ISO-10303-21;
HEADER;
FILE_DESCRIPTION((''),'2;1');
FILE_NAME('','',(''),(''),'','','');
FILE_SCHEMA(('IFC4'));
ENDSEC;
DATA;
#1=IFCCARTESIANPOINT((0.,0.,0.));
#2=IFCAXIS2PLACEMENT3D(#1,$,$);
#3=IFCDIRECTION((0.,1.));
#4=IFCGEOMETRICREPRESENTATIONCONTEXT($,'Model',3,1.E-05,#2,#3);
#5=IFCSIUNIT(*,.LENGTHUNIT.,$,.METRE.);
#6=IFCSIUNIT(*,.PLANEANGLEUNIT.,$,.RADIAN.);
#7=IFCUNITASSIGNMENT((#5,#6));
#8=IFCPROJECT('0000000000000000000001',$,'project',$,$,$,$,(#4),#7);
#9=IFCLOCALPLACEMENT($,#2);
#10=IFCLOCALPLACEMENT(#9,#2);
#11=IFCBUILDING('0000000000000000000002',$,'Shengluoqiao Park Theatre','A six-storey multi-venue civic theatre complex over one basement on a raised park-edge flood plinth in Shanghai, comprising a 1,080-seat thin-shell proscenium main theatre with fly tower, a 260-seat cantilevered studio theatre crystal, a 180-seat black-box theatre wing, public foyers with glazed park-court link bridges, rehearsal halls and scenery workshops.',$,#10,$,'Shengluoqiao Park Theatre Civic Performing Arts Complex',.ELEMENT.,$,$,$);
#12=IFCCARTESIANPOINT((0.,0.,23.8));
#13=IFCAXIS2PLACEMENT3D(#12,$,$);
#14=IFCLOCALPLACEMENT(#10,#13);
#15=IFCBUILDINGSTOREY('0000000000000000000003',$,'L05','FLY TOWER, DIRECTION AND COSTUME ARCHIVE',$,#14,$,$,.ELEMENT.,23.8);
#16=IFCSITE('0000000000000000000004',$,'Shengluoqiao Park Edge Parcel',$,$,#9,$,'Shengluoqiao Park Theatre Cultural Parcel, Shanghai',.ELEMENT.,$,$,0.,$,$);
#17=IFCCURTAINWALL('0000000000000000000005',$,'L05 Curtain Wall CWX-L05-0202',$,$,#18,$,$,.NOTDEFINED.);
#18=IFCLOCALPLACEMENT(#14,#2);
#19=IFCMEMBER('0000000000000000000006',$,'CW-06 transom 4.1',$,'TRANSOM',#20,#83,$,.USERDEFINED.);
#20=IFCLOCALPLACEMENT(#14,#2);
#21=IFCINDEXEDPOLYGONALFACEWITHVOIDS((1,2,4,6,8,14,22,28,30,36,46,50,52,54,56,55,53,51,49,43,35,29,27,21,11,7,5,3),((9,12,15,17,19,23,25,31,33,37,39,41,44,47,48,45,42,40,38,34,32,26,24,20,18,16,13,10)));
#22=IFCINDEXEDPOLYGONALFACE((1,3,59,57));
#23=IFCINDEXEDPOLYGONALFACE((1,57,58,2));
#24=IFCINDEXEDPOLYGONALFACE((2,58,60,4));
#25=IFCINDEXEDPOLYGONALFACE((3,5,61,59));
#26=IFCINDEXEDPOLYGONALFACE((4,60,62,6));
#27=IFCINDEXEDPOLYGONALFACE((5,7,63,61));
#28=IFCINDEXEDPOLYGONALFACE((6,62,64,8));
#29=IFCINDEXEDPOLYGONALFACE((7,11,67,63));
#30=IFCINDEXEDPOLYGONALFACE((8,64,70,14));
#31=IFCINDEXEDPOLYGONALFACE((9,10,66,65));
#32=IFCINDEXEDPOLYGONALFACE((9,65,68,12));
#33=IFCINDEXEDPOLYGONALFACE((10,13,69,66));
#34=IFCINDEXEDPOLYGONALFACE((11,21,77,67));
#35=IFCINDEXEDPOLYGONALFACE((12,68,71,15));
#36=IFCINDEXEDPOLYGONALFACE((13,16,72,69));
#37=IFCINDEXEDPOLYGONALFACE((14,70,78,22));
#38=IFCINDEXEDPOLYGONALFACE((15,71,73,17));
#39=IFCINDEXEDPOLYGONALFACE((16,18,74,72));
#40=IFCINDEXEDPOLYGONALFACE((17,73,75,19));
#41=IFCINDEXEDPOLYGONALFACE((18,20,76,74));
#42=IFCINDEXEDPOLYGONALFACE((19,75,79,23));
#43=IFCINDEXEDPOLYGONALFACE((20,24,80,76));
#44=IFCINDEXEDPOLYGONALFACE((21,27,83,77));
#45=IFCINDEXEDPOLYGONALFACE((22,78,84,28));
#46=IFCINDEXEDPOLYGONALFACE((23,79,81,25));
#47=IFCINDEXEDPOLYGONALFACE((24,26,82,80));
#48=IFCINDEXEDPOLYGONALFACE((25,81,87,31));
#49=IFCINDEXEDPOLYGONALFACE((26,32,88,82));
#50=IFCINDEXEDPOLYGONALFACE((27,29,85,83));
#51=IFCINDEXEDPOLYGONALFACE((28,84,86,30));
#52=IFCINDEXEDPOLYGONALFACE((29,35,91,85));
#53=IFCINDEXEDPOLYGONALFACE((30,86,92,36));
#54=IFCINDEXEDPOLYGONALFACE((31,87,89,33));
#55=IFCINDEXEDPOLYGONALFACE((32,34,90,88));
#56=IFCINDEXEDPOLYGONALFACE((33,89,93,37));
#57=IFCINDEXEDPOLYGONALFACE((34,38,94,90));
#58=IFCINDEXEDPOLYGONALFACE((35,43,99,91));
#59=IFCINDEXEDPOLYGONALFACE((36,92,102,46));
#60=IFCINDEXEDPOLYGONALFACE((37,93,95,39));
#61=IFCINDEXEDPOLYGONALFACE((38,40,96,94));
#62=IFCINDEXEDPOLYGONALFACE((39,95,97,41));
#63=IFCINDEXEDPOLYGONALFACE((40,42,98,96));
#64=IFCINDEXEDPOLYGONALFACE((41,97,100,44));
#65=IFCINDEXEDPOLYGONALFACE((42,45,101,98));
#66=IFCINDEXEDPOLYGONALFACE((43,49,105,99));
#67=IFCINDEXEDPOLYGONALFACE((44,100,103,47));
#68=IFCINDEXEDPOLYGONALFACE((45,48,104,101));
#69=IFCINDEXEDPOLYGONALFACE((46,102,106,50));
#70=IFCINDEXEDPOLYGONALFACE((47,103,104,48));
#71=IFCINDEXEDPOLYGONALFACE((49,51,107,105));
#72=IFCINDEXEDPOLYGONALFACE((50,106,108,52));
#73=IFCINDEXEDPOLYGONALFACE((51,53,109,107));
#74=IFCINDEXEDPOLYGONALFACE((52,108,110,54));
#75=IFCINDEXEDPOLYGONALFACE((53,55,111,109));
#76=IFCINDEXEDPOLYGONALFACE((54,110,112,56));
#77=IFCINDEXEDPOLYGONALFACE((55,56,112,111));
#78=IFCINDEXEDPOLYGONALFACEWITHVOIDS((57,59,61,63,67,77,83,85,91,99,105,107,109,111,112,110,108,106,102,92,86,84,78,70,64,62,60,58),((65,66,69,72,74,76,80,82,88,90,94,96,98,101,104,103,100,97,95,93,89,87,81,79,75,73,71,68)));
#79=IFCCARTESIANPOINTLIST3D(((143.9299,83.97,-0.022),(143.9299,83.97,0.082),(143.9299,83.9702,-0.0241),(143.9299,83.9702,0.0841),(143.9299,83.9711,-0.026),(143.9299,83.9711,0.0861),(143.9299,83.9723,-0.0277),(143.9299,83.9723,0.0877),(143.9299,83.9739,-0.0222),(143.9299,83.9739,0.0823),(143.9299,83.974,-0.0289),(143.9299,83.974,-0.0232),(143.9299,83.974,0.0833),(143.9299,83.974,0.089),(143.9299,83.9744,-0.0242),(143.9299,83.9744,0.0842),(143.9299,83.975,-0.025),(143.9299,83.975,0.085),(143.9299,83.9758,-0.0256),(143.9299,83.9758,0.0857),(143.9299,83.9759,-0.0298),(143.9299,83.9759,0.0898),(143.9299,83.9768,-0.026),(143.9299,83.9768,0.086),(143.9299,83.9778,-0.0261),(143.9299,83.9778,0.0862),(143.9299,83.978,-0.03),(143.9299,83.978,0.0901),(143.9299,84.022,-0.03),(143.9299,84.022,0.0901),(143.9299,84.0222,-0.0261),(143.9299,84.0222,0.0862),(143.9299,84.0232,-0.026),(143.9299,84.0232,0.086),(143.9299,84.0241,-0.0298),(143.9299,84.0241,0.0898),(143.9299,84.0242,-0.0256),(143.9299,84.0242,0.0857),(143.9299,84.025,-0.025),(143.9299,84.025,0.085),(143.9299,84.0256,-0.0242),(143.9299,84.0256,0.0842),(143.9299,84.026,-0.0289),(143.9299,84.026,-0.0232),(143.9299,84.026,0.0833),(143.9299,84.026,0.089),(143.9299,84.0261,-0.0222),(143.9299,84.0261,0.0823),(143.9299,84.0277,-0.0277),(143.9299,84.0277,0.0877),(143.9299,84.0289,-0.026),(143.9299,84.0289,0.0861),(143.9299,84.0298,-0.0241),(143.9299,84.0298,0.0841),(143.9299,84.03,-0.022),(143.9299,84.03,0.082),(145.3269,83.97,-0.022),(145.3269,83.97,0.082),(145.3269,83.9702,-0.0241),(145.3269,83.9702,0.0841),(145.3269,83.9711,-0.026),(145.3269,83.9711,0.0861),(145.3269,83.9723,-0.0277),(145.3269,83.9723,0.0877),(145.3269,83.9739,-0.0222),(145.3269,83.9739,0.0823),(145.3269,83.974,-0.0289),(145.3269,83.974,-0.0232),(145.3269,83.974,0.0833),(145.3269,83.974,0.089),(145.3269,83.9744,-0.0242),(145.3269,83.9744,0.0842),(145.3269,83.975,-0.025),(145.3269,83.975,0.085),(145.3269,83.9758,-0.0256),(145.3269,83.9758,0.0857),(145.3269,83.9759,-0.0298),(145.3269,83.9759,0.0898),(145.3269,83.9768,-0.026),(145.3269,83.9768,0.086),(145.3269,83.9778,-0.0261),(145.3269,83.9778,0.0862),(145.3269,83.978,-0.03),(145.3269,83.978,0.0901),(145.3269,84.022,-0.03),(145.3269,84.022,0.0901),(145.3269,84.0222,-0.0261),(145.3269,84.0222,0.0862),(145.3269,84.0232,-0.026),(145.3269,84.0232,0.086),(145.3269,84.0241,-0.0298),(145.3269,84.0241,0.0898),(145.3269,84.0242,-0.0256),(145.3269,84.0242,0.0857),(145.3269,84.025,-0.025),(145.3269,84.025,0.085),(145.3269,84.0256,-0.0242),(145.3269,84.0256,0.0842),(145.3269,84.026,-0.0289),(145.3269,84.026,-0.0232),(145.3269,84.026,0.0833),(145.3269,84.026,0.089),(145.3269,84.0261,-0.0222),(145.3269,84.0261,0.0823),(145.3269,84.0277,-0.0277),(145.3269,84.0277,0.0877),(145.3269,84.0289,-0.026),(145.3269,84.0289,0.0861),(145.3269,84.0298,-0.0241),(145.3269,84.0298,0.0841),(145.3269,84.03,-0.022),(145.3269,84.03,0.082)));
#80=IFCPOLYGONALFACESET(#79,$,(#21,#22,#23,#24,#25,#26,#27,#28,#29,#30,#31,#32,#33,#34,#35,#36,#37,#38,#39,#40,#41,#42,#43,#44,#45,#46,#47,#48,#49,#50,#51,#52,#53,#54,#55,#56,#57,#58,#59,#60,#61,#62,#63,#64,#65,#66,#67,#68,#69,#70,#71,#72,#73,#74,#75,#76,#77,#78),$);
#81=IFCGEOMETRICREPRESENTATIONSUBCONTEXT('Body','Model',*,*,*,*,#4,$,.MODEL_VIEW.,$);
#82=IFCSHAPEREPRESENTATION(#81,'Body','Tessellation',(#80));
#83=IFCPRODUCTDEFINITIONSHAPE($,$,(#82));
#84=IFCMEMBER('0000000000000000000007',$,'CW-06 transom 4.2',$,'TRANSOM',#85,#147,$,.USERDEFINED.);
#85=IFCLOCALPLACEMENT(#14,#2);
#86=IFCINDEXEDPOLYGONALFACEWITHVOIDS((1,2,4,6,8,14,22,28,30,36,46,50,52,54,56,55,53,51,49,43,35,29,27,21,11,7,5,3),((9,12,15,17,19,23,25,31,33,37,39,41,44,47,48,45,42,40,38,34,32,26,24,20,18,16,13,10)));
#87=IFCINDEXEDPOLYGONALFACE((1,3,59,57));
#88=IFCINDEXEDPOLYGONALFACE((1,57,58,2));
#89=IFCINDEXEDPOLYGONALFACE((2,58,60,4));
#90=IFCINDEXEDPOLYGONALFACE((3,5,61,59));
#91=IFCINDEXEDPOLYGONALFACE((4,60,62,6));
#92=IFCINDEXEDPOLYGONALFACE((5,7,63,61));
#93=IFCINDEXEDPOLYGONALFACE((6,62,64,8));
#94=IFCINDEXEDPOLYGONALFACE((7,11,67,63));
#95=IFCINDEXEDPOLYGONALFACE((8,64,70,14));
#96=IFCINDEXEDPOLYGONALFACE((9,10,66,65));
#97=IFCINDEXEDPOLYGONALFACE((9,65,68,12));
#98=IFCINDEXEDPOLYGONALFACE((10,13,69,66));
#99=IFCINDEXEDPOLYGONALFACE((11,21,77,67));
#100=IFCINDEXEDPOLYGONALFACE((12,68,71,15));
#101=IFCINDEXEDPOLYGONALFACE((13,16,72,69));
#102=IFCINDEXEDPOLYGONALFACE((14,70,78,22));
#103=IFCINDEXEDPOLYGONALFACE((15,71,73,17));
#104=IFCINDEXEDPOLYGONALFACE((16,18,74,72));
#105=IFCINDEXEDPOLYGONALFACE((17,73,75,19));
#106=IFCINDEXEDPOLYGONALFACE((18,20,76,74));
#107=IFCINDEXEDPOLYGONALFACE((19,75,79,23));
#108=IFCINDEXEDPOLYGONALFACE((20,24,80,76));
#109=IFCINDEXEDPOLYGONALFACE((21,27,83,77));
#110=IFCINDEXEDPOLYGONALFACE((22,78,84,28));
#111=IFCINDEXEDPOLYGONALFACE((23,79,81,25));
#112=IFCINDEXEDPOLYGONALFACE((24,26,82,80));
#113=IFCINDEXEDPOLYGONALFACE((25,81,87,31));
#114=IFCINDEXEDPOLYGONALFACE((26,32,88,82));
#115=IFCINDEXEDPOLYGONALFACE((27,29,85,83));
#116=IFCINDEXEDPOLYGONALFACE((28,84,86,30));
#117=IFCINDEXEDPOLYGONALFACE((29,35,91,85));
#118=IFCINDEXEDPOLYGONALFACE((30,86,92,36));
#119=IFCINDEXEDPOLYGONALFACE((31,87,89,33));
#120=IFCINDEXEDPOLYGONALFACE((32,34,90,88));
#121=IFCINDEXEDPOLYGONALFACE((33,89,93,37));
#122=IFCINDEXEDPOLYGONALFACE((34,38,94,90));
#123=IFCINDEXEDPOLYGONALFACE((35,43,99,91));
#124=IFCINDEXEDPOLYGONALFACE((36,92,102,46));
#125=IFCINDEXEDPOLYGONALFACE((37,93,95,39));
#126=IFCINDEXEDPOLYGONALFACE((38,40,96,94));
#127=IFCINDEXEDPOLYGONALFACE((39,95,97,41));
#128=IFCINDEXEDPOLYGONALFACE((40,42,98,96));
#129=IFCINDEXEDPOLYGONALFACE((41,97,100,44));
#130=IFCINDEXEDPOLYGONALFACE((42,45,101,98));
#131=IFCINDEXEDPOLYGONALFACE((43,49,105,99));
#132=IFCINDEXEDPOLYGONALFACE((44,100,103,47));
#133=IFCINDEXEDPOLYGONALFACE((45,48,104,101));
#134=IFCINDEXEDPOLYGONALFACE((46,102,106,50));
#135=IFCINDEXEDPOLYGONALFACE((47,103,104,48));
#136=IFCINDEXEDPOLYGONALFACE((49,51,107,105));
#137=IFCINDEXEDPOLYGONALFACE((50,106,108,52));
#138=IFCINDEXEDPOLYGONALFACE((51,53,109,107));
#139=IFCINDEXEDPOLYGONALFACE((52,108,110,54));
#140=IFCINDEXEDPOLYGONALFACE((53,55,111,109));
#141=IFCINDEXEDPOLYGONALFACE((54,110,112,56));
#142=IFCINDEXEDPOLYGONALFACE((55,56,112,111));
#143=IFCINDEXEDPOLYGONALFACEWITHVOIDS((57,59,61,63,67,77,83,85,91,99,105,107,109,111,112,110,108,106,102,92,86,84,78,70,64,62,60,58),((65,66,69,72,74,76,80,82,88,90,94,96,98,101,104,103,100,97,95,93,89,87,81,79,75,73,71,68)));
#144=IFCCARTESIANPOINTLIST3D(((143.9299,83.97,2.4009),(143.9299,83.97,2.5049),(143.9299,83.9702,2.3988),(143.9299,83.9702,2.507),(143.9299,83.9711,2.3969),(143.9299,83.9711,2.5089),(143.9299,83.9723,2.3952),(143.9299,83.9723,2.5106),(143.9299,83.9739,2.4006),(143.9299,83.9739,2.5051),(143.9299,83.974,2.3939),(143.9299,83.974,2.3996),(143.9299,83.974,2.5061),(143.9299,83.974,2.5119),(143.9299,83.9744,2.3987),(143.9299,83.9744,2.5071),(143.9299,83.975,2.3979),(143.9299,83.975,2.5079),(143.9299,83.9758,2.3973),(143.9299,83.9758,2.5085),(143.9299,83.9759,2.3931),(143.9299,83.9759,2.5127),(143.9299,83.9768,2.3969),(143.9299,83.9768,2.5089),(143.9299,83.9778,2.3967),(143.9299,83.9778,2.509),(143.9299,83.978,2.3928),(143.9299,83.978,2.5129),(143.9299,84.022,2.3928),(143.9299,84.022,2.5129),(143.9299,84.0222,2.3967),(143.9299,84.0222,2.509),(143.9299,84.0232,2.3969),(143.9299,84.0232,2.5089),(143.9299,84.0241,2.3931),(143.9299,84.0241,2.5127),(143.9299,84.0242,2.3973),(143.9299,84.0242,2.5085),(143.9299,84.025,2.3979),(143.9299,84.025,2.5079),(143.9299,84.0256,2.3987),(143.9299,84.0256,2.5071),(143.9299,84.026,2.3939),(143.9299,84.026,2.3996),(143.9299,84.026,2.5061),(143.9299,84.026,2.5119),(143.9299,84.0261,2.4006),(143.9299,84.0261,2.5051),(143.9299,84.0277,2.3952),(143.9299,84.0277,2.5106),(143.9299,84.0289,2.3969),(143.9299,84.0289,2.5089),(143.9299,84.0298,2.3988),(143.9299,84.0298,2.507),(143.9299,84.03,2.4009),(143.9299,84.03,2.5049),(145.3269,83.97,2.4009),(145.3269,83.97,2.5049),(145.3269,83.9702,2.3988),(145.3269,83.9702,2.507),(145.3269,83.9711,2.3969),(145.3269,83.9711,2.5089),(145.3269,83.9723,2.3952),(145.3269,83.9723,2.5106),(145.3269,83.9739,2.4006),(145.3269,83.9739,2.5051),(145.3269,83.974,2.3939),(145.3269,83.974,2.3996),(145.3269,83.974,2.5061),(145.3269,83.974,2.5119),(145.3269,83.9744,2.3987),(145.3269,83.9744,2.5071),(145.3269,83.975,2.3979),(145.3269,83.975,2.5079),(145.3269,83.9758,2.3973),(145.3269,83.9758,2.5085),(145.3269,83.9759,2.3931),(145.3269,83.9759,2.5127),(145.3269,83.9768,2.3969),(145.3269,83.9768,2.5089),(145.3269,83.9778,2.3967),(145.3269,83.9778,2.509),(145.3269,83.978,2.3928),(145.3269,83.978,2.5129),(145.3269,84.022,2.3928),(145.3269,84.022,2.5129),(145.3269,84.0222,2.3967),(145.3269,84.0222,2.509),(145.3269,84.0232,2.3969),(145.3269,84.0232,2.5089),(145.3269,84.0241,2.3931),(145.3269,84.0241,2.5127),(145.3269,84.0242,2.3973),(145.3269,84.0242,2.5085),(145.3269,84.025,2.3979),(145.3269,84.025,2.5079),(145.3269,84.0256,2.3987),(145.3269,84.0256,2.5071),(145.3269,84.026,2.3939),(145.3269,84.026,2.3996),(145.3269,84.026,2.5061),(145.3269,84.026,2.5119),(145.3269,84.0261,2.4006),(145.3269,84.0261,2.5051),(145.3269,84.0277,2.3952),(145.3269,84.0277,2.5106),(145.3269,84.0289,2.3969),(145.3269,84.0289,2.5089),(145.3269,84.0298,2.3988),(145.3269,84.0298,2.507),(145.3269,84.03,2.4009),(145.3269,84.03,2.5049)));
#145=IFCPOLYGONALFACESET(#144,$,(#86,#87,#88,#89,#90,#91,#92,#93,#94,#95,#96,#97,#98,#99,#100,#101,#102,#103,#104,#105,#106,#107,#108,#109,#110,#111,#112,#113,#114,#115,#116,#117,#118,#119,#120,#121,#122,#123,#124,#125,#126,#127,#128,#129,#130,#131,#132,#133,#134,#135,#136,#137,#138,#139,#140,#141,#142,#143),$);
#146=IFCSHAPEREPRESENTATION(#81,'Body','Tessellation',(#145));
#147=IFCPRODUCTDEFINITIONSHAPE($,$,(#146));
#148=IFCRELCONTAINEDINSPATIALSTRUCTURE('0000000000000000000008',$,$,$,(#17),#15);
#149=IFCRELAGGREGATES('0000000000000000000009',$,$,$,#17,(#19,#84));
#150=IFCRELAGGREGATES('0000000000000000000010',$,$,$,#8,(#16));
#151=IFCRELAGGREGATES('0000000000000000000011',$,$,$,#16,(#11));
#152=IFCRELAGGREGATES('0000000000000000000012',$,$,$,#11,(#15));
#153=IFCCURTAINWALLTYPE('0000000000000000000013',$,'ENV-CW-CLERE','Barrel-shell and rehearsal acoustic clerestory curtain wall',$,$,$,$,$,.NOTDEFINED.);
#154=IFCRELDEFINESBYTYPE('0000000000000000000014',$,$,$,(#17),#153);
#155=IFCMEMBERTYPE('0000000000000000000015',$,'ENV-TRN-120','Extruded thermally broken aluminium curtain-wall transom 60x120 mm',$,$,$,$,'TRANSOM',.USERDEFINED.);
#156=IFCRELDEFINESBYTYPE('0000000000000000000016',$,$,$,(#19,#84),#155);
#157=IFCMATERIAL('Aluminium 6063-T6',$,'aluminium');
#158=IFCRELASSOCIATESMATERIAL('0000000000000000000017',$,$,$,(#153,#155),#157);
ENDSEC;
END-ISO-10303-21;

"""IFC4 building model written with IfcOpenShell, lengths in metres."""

from ifc_helpers import new_model, si_unit, direction, frame, origin, origin_2d, place, context, subcontext, project, spatial, hollow_rectangle, extrude, material, material_profile, profile_set, type_object, element, aggregate, save


model = new_model("IFC4")

# Units and contexts
model_context = context("Model", 3, precision=1e-05, world=origin(), true_north=direction((0.0, 1.0)))
body_context = subcontext(model_context, "Body", "Model", "MODEL_VIEW")
ifc_project = project(units=[si_unit("LENGTHUNIT", "METRE"), si_unit("PLANEANGLEUNIT", "RADIAN")], contexts=[model_context])

# Site, building, storey
site_placement = place(None, origin())
site = spatial("IfcSite", under=ifc_project, at=site_placement, Name="Shengluoqiao Park Edge Parcel", LongName="Shengluoqiao Park Theatre Cultural Parcel, Shanghai", CompositionType="ELEMENT", RefElevation=0.0)
building_placement = place(site_placement, origin())
building = spatial("IfcBuilding", under=site, at=building_placement, Name="Shengluoqiao Park Theatre", Description="A six-storey multi-venue civic theatre complex over one basement on a raised park-edge flood plinth in Shanghai, comprising a 1,080-seat thin-shell proscenium main theatre with fly tower, a 260-seat cantilevered studio theatre crystal, a 180-seat black-box theatre wing, public foyers with glazed park-court link bridges, rehearsal halls and scenery workshops.", LongName="Shengluoqiao Park Theatre Civic Performing Arts Complex", CompositionType="ELEMENT")
storey_placement = place(building_placement, frame((0.0, 0.0, 23.8)))
storey = spatial("IfcBuildingStorey", under=building, at=storey_placement, Name="L05", Description="FLY TOWER, DIRECTION AND COSTUME ARCHIVE", CompositionType="ELEMENT", Elevation=23.8)

# Curtain wall, members
ifc_material_1 = material(Name="Aluminium 6063-T6", Category="aluminium")
curtain_wall_type = type_object("IfcCurtainWallType", Name="ENV-CW-CLERE", Description="Barrel-shell and rehearsal acoustic clerestory curtain wall", PredefinedType="NOTDEFINED", material=ifc_material_1)
curtain_wall_placement = place(storey_placement, origin())
curtain_wall = element("IfcCurtainWall", 1, at=curtain_wall_placement, inside=storey, type_object=curtain_wall_type, Name="L05 Curtain Wall CWX-L05-0202", PredefinedType="NOTDEFINED")
ifc_material_profile_1 = material_profile(ifc_material_1, hollow_rectangle(XDim=0.0601, YDim=0.1201, WallThickness=0.0039, InnerFilletRadius=0.0039, OuterFilletRadius=0.0081, at=origin_2d()), Name="ALU TRANSOM 120x60x4")
ifc_profile_set_1 = profile_set([ifc_material_profile_1], Name="Aluminium 6063-T6")
member_type_1 = type_object("IfcMemberType", Name="ENV-TRN-120", Description="Extruded thermally broken aluminium curtain-wall transom 60x120 mm", ElementType="TRANSOM", PredefinedType="USERDEFINED", material=ifc_profile_set_1)
member_1_placement = place(storey_placement, frame((143.9299, 84.0, 0.03), z_axis=(1.0, 0.0, 0.0), x_axis=(0.0, 1.0, 0.0)))
member_1 = element("IfcMember", 2, at=member_1_placement, type_object=member_type_1, Name="CW-06 transom 4.1", ObjectType="TRANSOM", PredefinedType="USERDEFINED", context=body_context, shape_type="SweptSolid", body=[
    extrude(hollow_rectangle(XDim=0.0601, YDim=0.1201, WallThickness=0.0039, InnerFilletRadius=0.0039, OuterFilletRadius=0.0081, at=origin_2d()), origin(), (0.0, 0.0, 1.0), 1.397),
])
member_2_placement = place(storey_placement, frame((143.9299, 84.0, 2.4529), z_axis=(1.0, 0.0, 0.0), x_axis=(0.0, 1.0, 0.0)))
member_2 = element("IfcMember", 3, at=member_2_placement, type_object=member_type_1, Name="CW-06 transom 4.2", ObjectType="TRANSOM", PredefinedType="USERDEFINED", context=body_context, shape_type="SweptSolid", body=[
    extrude(hollow_rectangle(XDim=0.0601, YDim=0.1201, WallThickness=0.0039, InnerFilletRadius=0.0039, OuterFilletRadius=0.0081, at=origin_2d()), origin(), (0.0, 0.0, 1.0), 1.397),
])
aggregate(curtain_wall, [member_1, member_2])

save(model, "model.ifc")
